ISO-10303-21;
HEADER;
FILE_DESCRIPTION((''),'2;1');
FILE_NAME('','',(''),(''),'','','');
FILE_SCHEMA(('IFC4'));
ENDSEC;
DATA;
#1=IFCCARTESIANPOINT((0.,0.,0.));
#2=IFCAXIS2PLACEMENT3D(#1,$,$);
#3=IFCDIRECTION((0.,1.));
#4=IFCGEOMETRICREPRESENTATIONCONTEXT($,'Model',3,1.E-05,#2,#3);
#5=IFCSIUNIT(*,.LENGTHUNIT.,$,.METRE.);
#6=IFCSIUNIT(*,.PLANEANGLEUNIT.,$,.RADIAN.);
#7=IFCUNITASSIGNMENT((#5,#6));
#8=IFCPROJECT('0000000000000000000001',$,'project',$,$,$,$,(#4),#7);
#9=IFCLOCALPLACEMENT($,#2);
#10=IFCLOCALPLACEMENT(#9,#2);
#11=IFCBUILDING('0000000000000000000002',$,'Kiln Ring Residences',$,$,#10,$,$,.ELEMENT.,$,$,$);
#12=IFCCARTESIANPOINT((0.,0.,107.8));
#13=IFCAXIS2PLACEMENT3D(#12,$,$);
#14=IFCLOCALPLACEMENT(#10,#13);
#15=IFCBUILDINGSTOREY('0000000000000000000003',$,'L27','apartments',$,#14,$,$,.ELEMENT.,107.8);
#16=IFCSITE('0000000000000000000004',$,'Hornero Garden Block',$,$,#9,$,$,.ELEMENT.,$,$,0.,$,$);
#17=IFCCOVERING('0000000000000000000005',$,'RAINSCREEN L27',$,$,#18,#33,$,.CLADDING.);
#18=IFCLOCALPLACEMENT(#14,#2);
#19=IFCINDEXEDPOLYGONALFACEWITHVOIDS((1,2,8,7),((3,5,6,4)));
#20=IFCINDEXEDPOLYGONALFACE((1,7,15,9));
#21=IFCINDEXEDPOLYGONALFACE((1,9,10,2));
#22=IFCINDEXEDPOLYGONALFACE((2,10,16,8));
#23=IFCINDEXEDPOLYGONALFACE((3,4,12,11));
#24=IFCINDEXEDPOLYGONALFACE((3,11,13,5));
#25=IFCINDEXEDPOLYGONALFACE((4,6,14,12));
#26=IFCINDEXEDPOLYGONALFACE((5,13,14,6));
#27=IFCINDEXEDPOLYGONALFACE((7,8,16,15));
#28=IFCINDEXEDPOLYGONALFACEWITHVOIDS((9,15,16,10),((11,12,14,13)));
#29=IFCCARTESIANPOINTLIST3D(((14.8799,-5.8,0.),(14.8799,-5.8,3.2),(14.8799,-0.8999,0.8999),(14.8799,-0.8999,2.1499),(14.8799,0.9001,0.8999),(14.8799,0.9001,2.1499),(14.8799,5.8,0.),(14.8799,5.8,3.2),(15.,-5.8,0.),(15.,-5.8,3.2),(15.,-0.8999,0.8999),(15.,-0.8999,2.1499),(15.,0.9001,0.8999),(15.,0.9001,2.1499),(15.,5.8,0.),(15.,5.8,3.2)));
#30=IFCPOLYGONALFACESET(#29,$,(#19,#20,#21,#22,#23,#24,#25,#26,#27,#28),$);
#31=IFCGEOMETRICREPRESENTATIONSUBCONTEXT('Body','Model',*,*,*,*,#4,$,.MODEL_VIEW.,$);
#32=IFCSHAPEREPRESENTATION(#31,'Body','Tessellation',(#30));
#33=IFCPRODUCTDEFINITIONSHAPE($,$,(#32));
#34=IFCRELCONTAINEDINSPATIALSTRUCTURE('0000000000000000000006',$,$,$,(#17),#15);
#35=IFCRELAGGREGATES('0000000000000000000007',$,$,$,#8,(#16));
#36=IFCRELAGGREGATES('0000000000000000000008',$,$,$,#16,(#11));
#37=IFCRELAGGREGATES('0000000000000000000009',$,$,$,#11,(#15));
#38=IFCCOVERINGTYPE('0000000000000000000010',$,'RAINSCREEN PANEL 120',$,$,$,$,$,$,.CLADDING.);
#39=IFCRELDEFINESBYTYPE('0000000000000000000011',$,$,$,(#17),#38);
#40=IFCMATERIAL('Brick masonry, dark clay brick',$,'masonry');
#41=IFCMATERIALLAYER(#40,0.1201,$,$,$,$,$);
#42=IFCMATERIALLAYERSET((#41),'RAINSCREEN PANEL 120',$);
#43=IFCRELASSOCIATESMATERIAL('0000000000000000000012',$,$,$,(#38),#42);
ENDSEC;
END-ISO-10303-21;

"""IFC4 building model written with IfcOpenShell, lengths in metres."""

from ifc_helpers import new_model, si_unit, direction, frame, origin, place, context, subcontext, project, spatial, polyline, outline, extrude, material, layer, layer_set, type_object, element, save


model = new_model("IFC4")

# Units and contexts
model_context = context("Model", 3, precision=1e-05, world=origin(), true_north=direction((0.0, 1.0)))
body_context = subcontext(model_context, "Body", "Model", "MODEL_VIEW")
ifc_project = project(units=[si_unit("LENGTHUNIT", "METRE"), si_unit("PLANEANGLEUNIT", "RADIAN")], contexts=[model_context])

# Site, building, storey
site_placement = place(None, origin())
site = spatial("IfcSite", under=ifc_project, at=site_placement, Name="Hornero Garden Block", CompositionType="ELEMENT", RefElevation=0.0)
building_placement = place(site_placement, origin())
building = spatial("IfcBuilding", under=site, at=building_placement, Name="Kiln Ring Residences", CompositionType="ELEMENT")
storey_placement = place(building_placement, frame((0.0, 0.0, 107.8)))
storey = spatial("IfcBuildingStorey", under=building, at=storey_placement, Name="L27", Description="apartments", CompositionType="ELEMENT", Elevation=107.8)

# Covering
ifc_material_1 = material(Name="Brick masonry, dark clay brick", Category="masonry")
ifc_layer_1 = layer(ifc_material_1, 0.1201)
ifc_layer_set_1 = layer_set([ifc_layer_1], Name="RAINSCREEN PANEL 120")
covering_type_1 = type_object("IfcCoveringType", Name="RAINSCREEN PANEL 120", PredefinedType="CLADDING", material=ifc_layer_set_1)
covering_1_placement = place(storey_placement, frame((14.9399, 5.8, 0.0), z_axis=(0.0, 0.0, 1.0), x_axis=(0.0, -1.0, 0.0)))
element("IfcCovering", 1, at=covering_1_placement, inside=storey, type_object=covering_type_1, Name="RAINSCREEN L27", PredefinedType="CLADDING", context=body_context, shape_type="SweptSolid", body=[
    extrude(outline(polyline([(0.0, 0.0), (11.6001, 0.0), (11.6001, 3.2), (0.0, 3.2), (0.0, 0.0)]), holes=[polyline([(4.8999, 2.1499), (4.8999, 0.8999), (6.7, 0.8999), (6.7, 2.1499), (4.8999, 2.1499)])]), frame((0.0, 0.0601, 0.0), z_axis=(0.0, -1.0, 0.0), x_axis=(1.0, 0.0, 0.0)), (0.0, 0.0, 1.0), 0.1201),
])

save(model, "model.ifc")
